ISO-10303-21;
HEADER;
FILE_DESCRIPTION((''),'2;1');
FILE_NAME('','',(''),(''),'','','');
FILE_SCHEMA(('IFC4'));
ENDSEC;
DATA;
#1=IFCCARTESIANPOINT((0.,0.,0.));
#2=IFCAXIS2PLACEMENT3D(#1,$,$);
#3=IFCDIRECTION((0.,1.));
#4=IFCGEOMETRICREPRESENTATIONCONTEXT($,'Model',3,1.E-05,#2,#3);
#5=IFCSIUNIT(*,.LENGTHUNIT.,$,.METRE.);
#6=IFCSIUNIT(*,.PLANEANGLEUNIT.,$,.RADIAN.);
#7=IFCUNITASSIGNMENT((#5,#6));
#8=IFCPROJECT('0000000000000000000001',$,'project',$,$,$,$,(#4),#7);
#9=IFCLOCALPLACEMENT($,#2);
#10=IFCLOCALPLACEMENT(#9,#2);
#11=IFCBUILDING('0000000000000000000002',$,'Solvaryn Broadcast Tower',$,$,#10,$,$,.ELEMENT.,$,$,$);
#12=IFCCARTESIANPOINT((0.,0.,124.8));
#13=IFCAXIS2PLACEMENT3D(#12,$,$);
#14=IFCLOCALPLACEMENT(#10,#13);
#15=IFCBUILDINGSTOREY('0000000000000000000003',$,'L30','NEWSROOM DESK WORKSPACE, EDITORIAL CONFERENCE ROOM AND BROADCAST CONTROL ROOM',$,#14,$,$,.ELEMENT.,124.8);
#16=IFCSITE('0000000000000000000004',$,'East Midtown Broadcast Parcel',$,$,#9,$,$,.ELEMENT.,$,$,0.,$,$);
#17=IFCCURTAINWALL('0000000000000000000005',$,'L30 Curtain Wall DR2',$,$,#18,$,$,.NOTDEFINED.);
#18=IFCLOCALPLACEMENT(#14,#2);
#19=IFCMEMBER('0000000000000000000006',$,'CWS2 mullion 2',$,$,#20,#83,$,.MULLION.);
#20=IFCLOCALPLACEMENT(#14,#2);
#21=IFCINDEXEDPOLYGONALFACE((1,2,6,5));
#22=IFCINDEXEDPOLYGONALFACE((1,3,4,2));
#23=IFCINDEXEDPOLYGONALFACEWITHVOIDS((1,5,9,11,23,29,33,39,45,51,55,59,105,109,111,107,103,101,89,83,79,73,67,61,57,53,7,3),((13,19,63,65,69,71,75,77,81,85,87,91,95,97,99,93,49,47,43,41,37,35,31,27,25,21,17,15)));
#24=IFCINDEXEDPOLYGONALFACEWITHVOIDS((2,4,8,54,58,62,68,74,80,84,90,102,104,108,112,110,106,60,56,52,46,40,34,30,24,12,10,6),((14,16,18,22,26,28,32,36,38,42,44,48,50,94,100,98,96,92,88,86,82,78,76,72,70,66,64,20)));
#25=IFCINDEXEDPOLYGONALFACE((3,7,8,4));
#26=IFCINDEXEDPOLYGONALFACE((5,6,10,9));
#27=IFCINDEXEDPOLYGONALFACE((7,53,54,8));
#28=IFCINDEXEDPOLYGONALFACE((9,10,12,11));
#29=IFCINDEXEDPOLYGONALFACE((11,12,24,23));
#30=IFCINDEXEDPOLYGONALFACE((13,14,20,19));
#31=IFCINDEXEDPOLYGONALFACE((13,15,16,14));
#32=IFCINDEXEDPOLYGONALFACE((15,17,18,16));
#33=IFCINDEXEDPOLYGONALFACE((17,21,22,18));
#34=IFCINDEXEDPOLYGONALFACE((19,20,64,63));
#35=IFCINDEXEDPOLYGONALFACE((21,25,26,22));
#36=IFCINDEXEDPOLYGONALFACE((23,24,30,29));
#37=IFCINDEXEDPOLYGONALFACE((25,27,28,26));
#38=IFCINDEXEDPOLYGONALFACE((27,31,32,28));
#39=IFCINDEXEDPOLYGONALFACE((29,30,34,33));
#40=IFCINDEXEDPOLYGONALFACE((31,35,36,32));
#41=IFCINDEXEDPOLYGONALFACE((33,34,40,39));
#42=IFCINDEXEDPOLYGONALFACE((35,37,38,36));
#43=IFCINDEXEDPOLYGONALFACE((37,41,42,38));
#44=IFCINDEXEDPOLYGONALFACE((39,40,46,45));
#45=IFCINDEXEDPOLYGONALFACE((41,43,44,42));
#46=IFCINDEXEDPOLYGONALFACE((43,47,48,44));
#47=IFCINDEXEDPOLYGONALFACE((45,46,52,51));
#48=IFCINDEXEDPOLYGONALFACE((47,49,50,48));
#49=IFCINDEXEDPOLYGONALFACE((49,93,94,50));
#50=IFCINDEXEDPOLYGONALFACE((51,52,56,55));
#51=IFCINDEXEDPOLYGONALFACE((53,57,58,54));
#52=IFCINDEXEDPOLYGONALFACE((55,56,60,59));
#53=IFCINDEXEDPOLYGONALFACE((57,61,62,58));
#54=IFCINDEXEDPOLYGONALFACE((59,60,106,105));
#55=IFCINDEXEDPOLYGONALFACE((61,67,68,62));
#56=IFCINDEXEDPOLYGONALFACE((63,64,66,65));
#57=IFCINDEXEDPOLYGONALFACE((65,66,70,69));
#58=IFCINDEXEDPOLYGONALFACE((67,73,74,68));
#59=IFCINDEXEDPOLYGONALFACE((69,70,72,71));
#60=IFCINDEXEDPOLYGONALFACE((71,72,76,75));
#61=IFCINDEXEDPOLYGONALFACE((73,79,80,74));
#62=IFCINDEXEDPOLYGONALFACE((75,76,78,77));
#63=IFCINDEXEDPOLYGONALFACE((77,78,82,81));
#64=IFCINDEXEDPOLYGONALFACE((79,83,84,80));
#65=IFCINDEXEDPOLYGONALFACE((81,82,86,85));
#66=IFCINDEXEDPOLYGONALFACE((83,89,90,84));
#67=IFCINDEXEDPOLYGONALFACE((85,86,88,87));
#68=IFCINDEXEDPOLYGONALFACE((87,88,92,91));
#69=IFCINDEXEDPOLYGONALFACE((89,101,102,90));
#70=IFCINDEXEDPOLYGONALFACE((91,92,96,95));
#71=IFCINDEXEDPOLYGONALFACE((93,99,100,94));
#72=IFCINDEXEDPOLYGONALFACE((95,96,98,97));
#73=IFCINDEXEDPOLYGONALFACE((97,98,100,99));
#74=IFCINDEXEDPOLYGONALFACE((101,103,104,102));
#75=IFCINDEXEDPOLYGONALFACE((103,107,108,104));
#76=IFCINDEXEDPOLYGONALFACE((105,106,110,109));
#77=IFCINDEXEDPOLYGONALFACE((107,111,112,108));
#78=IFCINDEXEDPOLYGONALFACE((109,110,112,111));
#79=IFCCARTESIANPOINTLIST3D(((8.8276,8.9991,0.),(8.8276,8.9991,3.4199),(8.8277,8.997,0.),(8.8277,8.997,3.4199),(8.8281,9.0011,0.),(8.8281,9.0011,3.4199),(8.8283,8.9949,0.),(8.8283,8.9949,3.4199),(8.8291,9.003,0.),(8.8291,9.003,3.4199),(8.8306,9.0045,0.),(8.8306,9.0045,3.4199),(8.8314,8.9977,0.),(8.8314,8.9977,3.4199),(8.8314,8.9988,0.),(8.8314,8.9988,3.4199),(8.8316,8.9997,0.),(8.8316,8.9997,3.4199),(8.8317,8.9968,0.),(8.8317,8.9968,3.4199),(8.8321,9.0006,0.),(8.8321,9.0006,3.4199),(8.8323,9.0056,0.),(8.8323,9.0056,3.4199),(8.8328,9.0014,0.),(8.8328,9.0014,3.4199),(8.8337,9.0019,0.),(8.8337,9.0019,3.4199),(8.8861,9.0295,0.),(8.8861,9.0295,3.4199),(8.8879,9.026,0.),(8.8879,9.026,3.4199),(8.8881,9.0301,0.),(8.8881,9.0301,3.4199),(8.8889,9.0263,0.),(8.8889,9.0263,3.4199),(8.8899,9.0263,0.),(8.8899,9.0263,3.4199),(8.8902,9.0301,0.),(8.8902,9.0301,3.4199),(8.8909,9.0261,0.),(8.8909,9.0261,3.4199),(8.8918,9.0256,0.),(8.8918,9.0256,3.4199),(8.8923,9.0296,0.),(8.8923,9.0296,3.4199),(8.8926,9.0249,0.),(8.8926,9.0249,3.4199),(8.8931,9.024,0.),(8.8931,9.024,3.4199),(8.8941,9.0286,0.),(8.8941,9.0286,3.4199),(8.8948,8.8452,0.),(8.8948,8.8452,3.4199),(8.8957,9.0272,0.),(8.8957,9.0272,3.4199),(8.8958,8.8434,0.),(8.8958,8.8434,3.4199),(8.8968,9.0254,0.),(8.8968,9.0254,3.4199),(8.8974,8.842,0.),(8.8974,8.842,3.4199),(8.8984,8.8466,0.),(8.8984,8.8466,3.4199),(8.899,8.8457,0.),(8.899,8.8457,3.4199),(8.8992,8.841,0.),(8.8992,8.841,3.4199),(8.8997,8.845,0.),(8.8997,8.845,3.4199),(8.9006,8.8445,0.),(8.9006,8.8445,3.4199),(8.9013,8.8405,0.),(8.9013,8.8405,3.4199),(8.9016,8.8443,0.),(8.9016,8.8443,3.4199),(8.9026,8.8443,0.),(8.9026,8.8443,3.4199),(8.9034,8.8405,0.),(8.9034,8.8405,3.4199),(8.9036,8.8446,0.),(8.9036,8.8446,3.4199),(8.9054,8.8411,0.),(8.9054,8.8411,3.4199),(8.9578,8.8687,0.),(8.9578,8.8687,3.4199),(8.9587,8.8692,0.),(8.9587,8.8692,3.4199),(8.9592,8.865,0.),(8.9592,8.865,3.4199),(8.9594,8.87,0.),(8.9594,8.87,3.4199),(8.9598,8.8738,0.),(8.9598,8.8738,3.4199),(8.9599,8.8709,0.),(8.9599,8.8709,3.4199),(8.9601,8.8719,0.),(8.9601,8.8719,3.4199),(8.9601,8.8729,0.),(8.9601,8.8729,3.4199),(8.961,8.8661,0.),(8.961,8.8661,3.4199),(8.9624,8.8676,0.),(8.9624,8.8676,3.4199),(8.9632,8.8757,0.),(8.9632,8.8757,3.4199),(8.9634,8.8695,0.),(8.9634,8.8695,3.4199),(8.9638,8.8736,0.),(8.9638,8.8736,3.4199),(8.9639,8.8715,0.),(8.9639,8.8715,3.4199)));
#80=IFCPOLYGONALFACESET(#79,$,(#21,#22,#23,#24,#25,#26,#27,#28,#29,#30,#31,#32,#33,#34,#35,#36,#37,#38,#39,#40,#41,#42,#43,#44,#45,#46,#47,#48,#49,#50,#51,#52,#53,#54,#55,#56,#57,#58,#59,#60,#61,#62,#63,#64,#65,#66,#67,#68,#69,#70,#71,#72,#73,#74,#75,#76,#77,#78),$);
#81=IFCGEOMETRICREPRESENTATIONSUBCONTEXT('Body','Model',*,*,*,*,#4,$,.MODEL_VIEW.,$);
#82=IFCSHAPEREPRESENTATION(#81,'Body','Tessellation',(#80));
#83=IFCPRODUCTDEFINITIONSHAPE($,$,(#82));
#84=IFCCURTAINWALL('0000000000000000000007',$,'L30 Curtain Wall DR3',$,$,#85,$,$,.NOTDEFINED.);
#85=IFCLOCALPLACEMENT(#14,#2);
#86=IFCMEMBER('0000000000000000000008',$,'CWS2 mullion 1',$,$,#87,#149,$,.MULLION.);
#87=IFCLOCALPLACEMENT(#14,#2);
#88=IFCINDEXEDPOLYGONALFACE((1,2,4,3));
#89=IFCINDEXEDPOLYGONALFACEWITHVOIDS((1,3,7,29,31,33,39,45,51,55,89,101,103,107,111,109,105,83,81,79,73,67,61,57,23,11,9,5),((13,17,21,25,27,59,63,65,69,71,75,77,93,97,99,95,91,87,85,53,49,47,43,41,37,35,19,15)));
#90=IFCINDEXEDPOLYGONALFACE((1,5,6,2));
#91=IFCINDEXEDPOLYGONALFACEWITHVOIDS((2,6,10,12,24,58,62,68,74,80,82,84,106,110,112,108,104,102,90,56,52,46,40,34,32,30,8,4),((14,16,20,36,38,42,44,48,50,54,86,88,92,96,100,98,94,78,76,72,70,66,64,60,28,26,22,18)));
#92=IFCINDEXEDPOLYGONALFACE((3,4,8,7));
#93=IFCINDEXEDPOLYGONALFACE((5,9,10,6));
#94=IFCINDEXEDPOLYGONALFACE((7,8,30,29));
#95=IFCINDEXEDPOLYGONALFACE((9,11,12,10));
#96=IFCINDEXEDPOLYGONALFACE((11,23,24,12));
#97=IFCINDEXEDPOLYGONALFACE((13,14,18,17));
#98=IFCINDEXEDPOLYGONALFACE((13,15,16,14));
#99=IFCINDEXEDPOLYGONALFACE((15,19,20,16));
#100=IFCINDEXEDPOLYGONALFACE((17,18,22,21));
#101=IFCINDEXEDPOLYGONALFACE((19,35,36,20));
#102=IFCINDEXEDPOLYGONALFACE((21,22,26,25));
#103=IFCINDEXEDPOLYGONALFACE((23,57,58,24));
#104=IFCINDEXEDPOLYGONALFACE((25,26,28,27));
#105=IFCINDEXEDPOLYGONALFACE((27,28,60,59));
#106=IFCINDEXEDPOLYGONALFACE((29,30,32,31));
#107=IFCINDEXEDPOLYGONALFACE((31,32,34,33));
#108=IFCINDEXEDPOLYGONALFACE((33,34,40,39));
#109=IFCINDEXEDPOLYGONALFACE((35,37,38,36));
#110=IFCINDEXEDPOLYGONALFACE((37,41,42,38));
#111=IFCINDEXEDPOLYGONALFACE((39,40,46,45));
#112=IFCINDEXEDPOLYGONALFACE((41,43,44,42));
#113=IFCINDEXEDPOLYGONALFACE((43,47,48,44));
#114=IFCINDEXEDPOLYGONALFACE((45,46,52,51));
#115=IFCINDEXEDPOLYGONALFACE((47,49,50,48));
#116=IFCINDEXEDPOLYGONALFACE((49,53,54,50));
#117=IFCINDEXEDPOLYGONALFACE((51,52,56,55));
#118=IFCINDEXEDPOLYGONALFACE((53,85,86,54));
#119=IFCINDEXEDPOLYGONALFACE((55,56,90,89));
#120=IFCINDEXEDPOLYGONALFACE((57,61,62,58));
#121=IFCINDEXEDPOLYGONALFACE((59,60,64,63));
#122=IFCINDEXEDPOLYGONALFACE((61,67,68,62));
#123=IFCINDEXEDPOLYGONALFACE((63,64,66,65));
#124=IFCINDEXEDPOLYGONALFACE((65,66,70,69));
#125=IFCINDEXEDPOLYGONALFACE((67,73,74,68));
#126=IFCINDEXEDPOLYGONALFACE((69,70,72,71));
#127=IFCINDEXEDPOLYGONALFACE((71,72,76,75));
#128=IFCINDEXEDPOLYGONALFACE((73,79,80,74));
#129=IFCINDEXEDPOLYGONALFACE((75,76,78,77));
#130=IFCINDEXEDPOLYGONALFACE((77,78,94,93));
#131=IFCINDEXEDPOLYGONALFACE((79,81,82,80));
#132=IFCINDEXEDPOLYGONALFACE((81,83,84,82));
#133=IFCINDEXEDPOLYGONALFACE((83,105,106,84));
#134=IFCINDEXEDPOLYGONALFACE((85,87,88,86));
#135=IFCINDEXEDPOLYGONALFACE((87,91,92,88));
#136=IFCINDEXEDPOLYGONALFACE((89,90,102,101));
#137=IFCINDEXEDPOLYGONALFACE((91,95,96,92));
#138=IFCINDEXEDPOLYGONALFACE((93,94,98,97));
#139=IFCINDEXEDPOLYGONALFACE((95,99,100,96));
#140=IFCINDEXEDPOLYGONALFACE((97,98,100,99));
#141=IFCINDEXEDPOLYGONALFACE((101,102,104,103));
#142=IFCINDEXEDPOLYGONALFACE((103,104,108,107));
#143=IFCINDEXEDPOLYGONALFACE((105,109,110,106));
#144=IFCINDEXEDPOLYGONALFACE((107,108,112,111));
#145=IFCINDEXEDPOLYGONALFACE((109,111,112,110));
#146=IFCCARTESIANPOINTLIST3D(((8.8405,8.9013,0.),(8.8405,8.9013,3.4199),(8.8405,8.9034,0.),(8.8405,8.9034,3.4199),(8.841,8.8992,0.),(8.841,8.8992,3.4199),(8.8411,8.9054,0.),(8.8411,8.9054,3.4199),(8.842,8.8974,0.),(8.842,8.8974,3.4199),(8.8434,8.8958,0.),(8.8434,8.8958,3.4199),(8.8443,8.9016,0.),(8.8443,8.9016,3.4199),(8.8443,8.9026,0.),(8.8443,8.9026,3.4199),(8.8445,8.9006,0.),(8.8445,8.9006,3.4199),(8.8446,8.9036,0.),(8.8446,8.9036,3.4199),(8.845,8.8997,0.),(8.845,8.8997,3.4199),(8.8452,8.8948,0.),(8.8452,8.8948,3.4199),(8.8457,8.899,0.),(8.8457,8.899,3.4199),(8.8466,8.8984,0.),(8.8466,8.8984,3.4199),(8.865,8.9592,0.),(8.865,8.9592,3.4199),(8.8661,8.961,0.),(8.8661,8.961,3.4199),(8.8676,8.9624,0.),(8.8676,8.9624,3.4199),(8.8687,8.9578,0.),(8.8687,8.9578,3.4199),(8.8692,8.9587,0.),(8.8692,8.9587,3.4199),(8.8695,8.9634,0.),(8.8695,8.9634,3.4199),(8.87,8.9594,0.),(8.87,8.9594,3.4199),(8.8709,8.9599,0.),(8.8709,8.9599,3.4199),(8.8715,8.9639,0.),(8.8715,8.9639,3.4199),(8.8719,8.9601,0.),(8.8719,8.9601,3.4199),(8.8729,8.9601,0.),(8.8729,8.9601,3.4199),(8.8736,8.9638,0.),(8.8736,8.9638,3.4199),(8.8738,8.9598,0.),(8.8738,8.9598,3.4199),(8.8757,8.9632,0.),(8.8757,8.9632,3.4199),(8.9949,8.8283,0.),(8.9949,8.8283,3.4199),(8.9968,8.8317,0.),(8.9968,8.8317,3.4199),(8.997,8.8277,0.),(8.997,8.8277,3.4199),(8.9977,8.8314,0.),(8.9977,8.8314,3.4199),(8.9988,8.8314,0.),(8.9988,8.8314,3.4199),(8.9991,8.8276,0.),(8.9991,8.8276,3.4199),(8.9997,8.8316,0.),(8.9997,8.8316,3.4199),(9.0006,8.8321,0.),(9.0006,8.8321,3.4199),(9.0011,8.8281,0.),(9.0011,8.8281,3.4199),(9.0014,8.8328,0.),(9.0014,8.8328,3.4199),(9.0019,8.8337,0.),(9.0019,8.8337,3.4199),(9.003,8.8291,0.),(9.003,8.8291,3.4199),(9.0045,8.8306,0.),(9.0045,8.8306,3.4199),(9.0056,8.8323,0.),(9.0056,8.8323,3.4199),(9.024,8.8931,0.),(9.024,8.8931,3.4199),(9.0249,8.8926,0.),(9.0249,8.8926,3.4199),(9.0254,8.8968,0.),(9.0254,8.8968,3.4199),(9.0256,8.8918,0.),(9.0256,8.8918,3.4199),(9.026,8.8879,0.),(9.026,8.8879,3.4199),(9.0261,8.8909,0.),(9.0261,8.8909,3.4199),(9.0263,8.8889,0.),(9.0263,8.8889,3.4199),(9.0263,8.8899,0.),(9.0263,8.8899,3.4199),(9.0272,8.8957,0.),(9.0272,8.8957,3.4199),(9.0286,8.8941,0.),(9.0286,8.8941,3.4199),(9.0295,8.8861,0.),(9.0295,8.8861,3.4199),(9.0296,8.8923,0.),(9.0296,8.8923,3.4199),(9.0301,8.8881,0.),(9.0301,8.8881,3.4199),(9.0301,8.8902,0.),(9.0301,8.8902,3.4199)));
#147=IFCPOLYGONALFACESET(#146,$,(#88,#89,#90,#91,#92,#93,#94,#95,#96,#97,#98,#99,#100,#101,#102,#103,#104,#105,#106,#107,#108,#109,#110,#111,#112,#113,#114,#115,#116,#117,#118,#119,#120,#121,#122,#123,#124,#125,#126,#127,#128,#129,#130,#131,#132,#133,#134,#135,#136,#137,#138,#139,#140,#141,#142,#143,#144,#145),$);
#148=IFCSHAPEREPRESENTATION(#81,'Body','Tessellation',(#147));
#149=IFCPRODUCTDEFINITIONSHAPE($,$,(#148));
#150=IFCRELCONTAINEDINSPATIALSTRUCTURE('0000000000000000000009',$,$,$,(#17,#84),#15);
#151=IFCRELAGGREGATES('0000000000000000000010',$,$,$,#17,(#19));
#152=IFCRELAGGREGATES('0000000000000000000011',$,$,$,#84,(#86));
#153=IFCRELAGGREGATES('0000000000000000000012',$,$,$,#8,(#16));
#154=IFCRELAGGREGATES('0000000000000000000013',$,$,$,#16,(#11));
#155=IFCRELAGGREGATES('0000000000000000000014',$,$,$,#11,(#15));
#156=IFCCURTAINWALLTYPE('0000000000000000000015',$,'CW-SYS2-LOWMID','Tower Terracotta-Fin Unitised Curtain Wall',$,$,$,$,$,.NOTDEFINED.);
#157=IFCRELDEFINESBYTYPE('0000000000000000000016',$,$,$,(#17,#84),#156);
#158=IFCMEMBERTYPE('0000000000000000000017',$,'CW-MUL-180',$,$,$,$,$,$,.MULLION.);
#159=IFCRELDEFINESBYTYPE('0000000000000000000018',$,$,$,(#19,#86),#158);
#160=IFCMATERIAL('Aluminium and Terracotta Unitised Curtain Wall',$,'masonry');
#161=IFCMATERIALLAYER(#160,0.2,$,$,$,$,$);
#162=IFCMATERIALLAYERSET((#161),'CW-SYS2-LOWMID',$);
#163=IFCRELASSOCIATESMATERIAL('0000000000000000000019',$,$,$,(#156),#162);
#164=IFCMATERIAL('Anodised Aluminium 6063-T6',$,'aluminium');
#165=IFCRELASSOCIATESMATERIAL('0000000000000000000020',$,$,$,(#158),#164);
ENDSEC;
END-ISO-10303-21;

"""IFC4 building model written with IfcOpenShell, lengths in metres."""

from ifc_helpers import new_model, si_unit, direction, frame, origin, origin_2d, place, context, subcontext, project, spatial, hollow_rectangle, extrude, material, layer, layer_set, material_profile, profile_set, type_object, element, aggregate, save


model = new_model("IFC4")

# Units and contexts
model_context = context("Model", 3, precision=1e-05, world=origin(), true_north=direction((0.0, 1.0)))
body_context = subcontext(model_context, "Body", "Model", "MODEL_VIEW")
ifc_project = project(units=[si_unit("LENGTHUNIT", "METRE"), si_unit("PLANEANGLEUNIT", "RADIAN")], contexts=[model_context])

# Site, building, storey
site_placement = place(None, origin())
site = spatial("IfcSite", under=ifc_project, at=site_placement, Name="East Midtown Broadcast Parcel", CompositionType="ELEMENT", RefElevation=0.0)
building_placement = place(site_placement, origin())
building = spatial("IfcBuilding", under=site, at=building_placement, Name="Solvaryn Broadcast Tower", CompositionType="ELEMENT")
storey_placement = place(building_placement, frame((0.0, 0.0, 124.8)))
storey = spatial("IfcBuildingStorey", under=building, at=storey_placement, Name="L30", Description="NEWSROOM DESK WORKSPACE, EDITORIAL CONFERENCE ROOM AND BROADCAST CONTROL ROOM", CompositionType="ELEMENT", Elevation=124.8)

# Curtain wall, member
ifc_material_1 = material(Name="Aluminium and Terracotta Unitised Curtain Wall", Category="masonry")
ifc_layer_1 = layer(ifc_material_1, 0.2)
ifc_layer_set_1 = layer_set([ifc_layer_1], Name="CW-SYS2-LOWMID")
curtain_wall_type = type_object("IfcCurtainWallType", Name="CW-SYS2-LOWMID", Description="Tower Terracotta-Fin Unitised Curtain Wall", PredefinedType="NOTDEFINED", material=ifc_layer_set_1)
curtain_wall_1_placement = place(storey_placement, origin())
curtain_wall_1 = element("IfcCurtainWall", 1, at=curtain_wall_1_placement, inside=storey, type_object=curtain_wall_type, Name="L30 Curtain Wall DR2", PredefinedType="NOTDEFINED")
ifc_material_2 = material(Name="Anodised Aluminium 6063-T6", Category="aluminium")
ifc_material_profile_1 = material_profile(ifc_material_2, hollow_rectangle(XDim=0.075, YDim=0.1799, WallThickness=0.0039, InnerFilletRadius=0.0039, OuterFilletRadius=0.0081, at=origin_2d()))
ifc_profile_set_1 = profile_set([ifc_material_profile_1], Name="Anodised Aluminium 6063-T6")
member_type_1 = type_object("IfcMemberType", Name="CW-MUL-180", PredefinedType="MULLION", material=ifc_profile_set_1)
member_1_placement = place(storey_placement, frame((8.8958, 8.9353, 0.0), z_axis=(0.0, 0.0, 1.0), x_axis=(0.913909, 0.405918, 0.0)))
member_1 = element("IfcMember", 2, at=member_1_placement, type_object=member_type_1, Name="CWS2 mullion 2", PredefinedType="MULLION", context=body_context, shape_type="SweptSolid", body=[
    extrude(hollow_rectangle(XDim=0.075, YDim=0.1799, WallThickness=0.0039, InnerFilletRadius=0.0039, OuterFilletRadius=0.0081, at=origin_2d()), origin(), (0.0, 0.0, 1.0), 3.4199),
])
aggregate(curtain_wall_1, [member_1])

# Curtain wall, member
curtain_wall_2_placement = place(storey_placement, origin())
curtain_wall_2 = element("IfcCurtainWall", 3, at=curtain_wall_2_placement, inside=storey, type_object=curtain_wall_type, Name="L30 Curtain Wall DR3", PredefinedType="NOTDEFINED")
member_2_placement = place(storey_placement, frame((8.9353, 8.8958, 0.0), z_axis=(0.0, 0.0, 1.0), x_axis=(0.405918, 0.913909, 0.0)))
member_2 = element("IfcMember", 4, at=member_2_placement, type_object=member_type_1, Name="CWS2 mullion 1", PredefinedType="MULLION", context=body_context, shape_type="SweptSolid", body=[
    extrude(hollow_rectangle(XDim=0.075, YDim=0.1799, WallThickness=0.0039, InnerFilletRadius=0.0039, OuterFilletRadius=0.0081, at=origin_2d()), origin(), (0.0, 0.0, 1.0), 3.4199),
])
aggregate(curtain_wall_2, [member_2])

save(model, "model.ifc")
